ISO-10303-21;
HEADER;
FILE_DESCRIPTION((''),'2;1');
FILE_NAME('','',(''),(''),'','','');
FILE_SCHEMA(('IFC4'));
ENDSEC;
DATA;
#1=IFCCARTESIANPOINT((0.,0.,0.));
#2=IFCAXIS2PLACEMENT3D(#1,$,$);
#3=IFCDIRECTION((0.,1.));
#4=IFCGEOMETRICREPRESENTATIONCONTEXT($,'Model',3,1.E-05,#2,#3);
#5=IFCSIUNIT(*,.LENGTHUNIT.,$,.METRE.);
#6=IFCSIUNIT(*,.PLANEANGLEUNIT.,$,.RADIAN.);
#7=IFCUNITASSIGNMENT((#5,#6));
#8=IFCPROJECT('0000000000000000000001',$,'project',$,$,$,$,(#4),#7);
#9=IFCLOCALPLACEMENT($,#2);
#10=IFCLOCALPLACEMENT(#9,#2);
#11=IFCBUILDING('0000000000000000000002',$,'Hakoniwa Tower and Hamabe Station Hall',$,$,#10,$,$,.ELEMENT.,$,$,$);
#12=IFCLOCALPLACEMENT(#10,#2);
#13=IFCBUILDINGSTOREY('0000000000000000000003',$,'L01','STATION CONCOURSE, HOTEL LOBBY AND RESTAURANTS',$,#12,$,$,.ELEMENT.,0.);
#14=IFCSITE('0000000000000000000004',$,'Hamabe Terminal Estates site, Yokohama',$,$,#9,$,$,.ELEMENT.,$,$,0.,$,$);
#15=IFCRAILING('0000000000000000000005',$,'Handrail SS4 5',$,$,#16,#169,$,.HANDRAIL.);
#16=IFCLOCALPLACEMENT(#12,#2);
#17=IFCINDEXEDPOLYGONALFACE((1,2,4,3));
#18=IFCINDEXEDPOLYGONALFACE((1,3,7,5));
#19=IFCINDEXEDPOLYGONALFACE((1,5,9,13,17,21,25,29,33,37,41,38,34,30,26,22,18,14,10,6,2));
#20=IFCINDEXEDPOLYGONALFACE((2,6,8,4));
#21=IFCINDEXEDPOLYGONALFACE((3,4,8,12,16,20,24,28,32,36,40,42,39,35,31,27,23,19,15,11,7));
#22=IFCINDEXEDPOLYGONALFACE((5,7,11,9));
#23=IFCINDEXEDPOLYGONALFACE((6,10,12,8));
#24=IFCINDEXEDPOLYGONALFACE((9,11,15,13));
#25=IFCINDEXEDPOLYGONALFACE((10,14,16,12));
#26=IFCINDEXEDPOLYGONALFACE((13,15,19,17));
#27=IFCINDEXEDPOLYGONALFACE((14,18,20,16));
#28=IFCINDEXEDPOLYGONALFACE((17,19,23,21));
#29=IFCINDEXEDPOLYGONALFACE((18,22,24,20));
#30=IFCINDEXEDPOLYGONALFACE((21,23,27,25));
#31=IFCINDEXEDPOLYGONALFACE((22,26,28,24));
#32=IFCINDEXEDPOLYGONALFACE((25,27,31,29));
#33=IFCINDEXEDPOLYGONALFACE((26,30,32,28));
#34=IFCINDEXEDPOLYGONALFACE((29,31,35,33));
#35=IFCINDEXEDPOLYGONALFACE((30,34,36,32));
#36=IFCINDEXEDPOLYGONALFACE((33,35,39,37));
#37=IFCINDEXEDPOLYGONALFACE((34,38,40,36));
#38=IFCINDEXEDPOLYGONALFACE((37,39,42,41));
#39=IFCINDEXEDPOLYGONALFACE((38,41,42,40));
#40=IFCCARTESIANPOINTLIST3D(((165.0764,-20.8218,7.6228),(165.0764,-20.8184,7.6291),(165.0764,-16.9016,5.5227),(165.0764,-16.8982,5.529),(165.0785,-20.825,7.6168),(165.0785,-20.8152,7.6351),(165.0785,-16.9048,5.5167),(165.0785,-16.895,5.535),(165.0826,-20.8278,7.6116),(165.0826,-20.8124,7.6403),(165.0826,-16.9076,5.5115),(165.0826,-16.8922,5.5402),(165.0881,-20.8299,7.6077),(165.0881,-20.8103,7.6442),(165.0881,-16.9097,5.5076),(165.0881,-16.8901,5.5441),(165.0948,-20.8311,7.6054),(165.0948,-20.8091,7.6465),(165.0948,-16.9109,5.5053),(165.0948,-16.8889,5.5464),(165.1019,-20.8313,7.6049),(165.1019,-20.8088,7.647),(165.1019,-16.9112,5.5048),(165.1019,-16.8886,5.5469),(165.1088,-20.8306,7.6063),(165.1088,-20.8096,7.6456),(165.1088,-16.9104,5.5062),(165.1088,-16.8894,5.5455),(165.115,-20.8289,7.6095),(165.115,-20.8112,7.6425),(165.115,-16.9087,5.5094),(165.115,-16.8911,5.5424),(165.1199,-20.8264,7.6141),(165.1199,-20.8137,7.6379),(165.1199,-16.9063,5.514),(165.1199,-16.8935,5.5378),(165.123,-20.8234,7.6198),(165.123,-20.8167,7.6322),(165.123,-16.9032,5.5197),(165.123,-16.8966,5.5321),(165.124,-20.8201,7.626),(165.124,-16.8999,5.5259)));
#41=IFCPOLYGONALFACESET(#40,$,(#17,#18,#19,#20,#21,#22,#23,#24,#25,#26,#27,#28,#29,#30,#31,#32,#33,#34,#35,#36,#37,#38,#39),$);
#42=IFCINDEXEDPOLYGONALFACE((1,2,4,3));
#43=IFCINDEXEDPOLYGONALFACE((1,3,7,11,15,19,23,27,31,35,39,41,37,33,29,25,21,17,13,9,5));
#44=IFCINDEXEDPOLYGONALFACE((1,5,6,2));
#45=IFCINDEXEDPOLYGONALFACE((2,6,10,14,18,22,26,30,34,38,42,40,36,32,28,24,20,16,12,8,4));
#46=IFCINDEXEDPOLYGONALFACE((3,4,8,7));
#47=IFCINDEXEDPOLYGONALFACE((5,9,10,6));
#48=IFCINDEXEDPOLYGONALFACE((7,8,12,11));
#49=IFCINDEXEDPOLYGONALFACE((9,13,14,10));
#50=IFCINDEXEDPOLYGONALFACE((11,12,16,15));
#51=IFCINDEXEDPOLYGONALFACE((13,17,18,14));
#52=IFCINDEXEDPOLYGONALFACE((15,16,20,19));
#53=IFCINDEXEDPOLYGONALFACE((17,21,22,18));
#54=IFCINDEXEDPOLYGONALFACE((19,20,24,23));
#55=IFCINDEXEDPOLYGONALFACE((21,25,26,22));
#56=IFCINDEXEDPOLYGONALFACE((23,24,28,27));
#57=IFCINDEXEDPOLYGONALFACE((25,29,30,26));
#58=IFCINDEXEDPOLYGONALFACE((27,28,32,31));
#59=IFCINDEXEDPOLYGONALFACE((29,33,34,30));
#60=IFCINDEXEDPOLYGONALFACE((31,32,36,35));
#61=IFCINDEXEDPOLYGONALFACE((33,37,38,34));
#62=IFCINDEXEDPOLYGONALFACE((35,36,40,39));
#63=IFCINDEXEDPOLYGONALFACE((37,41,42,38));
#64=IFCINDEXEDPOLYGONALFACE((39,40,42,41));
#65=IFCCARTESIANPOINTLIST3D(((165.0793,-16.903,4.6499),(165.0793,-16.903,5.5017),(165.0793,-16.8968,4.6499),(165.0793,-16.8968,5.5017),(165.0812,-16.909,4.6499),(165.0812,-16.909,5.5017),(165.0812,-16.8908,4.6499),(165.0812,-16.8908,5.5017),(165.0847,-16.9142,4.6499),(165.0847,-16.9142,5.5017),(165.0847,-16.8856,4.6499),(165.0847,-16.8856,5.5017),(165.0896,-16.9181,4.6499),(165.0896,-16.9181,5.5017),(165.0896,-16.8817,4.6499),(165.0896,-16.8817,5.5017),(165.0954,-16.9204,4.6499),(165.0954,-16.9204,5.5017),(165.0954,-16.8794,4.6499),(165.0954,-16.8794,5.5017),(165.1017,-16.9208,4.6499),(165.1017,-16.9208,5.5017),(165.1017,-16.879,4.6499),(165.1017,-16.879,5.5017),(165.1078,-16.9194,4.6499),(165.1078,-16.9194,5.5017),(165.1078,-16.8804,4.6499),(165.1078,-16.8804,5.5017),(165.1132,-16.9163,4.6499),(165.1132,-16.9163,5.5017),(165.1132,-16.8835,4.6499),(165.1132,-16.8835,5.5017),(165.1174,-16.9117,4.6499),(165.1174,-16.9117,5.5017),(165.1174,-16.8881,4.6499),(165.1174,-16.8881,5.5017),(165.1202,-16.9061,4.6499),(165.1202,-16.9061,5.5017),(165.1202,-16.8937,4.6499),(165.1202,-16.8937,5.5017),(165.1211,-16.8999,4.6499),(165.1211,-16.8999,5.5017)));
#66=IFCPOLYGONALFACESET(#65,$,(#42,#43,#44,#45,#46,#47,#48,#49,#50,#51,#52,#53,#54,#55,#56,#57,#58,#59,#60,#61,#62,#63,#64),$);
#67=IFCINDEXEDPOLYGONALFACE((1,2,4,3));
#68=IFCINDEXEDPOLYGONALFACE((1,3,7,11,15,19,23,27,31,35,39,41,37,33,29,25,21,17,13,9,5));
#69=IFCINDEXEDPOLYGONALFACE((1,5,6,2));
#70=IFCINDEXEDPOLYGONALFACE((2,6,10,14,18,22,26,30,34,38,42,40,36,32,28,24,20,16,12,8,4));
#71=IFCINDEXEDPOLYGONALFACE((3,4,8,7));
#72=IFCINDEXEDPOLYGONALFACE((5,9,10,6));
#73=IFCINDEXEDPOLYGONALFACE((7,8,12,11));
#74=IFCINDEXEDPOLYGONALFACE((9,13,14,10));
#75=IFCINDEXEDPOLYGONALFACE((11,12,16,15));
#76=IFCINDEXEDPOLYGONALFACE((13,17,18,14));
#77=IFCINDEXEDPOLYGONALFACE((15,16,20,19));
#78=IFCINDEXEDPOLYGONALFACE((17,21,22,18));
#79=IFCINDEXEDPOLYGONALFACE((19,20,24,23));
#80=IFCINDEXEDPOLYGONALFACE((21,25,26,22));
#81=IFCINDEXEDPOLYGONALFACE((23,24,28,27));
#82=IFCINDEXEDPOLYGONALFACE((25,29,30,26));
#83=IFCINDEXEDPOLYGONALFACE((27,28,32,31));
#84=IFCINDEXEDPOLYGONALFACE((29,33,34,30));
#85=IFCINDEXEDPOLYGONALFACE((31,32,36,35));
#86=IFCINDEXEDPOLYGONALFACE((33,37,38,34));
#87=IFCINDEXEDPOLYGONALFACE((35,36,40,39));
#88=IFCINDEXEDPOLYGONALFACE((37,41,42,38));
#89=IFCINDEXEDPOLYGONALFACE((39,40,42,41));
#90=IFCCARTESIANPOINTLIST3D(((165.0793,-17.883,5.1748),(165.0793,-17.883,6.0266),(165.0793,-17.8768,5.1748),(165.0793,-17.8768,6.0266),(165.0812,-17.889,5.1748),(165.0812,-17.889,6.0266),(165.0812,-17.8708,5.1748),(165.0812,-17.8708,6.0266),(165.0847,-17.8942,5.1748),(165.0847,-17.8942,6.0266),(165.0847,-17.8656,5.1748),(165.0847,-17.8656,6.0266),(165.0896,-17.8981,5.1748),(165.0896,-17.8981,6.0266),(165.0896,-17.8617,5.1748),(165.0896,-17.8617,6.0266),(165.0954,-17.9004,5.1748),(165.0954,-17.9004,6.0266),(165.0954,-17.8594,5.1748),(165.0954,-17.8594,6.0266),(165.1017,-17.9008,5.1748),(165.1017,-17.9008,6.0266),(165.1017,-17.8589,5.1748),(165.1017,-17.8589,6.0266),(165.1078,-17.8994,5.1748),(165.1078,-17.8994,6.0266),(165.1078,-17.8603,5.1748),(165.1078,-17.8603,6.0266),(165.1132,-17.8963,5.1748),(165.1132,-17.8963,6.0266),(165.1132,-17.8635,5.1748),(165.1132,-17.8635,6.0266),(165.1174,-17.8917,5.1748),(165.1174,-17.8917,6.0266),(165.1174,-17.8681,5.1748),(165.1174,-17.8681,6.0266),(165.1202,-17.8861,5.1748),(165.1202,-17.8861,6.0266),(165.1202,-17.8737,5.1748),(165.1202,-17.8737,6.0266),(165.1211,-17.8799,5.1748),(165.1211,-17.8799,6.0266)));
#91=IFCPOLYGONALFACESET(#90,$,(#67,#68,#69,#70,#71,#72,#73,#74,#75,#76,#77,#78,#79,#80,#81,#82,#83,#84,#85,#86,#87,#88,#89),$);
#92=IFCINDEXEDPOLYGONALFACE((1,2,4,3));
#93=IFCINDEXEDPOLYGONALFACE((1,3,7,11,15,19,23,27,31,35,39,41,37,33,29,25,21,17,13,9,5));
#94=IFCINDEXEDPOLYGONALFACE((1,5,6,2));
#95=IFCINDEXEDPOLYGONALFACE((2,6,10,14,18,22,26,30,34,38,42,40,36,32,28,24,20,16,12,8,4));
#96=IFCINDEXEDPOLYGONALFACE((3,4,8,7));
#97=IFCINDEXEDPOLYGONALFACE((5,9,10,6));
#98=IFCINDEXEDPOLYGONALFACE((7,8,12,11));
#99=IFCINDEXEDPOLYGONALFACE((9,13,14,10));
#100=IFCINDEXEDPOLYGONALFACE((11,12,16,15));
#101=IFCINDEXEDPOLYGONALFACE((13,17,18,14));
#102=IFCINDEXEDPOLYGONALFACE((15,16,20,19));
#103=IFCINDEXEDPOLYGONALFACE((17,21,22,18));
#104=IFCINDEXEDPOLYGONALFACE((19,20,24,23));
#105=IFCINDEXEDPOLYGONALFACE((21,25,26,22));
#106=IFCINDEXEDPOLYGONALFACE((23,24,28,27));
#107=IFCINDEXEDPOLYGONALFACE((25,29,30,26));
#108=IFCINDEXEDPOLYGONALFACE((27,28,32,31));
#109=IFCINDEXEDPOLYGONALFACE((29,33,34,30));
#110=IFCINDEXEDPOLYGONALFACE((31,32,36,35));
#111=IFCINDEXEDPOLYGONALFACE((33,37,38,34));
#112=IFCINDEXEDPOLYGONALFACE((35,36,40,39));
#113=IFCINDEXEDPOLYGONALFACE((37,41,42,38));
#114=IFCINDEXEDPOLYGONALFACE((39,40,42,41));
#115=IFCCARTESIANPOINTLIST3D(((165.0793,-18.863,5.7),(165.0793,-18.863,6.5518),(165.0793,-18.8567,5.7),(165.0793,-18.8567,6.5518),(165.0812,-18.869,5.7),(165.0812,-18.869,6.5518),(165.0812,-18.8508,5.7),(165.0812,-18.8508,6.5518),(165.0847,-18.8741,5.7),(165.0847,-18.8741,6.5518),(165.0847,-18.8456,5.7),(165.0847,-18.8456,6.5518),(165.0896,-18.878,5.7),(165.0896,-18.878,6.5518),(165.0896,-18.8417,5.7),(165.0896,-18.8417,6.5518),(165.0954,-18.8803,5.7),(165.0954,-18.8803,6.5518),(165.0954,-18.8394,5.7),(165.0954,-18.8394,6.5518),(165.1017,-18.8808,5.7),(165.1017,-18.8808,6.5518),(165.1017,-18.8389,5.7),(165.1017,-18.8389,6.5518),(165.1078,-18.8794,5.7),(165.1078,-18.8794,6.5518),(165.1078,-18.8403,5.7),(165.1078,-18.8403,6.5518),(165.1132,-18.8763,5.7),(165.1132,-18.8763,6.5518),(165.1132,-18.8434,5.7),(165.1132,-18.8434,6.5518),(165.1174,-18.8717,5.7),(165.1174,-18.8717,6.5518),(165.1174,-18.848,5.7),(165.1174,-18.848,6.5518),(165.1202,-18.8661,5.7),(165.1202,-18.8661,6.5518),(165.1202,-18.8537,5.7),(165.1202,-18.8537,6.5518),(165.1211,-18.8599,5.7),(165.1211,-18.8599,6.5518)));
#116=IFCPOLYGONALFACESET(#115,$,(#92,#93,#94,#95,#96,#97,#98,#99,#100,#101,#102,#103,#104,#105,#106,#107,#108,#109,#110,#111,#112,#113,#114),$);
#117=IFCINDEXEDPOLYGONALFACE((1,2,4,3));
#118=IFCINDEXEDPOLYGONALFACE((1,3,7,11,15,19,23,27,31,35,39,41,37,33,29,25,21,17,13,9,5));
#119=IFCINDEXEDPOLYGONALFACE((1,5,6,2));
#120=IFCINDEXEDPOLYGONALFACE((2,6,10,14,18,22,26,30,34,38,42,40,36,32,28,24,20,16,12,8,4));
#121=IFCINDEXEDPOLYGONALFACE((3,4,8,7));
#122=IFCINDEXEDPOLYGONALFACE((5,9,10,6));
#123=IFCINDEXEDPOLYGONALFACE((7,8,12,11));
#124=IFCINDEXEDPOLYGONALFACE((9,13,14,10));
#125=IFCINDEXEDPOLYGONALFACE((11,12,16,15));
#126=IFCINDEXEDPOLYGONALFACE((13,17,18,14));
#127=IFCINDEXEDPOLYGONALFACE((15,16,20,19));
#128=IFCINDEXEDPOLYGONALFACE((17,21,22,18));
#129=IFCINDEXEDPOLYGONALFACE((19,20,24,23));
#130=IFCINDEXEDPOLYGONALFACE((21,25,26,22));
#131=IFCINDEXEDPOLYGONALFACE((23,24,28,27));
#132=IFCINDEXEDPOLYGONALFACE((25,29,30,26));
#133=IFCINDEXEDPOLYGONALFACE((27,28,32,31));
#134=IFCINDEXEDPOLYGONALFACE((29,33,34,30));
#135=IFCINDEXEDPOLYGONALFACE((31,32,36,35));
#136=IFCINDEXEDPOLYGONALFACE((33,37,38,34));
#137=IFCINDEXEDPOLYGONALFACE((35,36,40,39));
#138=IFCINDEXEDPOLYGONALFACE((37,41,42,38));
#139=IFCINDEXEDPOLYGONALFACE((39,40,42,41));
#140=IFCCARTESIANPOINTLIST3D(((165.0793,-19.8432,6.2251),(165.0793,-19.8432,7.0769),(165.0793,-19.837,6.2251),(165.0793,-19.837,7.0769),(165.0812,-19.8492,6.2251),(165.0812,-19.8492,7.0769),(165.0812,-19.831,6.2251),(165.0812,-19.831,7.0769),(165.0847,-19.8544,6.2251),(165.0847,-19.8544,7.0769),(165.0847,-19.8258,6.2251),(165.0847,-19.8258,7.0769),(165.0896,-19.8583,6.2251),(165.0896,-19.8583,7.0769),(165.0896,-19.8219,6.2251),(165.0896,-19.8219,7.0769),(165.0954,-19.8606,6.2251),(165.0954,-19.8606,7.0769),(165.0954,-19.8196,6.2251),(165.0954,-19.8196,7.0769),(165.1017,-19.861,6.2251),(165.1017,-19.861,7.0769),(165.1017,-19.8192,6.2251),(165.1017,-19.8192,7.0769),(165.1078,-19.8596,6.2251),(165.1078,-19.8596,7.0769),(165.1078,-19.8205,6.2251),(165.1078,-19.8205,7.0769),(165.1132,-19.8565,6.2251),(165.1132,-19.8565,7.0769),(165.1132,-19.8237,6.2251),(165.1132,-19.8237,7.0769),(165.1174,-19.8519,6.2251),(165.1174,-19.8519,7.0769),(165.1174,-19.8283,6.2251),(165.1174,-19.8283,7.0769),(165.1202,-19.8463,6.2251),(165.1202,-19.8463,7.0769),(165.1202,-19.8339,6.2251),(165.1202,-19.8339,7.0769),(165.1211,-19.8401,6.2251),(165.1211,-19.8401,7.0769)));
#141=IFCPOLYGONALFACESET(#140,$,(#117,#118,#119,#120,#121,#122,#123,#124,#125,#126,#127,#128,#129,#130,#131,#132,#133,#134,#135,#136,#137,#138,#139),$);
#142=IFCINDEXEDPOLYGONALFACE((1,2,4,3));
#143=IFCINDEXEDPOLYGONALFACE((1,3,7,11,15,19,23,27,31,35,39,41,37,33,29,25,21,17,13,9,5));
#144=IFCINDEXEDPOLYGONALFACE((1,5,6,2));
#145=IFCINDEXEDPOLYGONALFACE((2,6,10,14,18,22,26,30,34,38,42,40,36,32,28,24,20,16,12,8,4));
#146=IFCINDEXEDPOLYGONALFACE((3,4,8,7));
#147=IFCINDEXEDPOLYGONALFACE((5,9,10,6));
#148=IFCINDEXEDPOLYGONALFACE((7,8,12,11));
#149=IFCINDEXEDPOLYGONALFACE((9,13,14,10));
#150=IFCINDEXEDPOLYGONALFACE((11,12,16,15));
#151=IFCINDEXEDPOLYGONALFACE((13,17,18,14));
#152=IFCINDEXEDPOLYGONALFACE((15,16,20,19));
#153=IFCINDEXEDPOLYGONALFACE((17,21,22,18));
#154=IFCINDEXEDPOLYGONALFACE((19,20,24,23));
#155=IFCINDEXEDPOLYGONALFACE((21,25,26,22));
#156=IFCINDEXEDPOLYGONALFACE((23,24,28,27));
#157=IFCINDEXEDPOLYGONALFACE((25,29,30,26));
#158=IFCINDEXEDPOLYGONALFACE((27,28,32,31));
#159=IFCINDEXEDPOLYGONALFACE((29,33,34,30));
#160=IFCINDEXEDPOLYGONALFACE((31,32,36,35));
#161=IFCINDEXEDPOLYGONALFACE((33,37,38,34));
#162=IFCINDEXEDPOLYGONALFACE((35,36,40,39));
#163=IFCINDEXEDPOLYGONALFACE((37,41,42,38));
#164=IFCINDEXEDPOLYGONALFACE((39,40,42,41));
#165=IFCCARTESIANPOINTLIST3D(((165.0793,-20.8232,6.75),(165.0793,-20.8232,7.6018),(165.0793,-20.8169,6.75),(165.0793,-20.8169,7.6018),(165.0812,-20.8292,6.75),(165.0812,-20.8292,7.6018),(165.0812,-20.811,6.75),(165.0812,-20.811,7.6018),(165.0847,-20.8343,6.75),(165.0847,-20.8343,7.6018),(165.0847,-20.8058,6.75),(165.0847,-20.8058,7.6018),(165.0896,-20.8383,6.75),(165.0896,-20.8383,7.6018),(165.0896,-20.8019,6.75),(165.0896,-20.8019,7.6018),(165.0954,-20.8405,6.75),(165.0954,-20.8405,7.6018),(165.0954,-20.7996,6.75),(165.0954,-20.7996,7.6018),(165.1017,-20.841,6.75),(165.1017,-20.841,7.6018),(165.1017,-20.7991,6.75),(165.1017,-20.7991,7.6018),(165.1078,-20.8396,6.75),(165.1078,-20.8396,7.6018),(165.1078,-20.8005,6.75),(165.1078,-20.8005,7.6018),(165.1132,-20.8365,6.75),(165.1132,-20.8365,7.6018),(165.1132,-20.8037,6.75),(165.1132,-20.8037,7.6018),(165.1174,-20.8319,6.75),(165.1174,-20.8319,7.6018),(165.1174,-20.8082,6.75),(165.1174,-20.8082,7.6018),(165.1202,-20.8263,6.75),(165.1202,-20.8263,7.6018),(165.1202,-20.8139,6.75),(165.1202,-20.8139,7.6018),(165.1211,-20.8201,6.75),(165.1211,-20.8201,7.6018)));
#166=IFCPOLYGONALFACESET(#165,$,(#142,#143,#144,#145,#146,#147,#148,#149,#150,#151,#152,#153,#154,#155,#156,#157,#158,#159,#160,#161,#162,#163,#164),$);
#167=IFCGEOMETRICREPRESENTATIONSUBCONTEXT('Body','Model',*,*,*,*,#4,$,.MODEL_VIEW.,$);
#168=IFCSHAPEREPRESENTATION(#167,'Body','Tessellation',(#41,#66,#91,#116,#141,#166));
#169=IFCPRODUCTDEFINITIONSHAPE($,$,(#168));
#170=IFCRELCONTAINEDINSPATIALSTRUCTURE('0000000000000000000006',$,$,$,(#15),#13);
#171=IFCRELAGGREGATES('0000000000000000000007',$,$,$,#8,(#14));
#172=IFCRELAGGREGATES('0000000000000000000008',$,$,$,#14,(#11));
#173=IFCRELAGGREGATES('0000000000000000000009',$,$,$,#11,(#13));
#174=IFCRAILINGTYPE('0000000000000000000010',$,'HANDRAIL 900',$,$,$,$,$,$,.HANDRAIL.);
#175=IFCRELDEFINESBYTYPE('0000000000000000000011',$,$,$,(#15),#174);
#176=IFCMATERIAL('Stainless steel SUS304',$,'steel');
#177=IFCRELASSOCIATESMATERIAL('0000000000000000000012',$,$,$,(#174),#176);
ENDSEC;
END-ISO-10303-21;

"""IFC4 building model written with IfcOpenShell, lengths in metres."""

from ifc_helpers import new_model, si_unit, direction, frame, origin, origin_2d, place, context, subcontext, project, spatial, circle, extrude, material, type_object, element, save


model = new_model("IFC4")

# Units and contexts
model_context = context("Model", 3, precision=1e-05, world=origin(), true_north=direction((0.0, 1.0)))
body_context = subcontext(model_context, "Body", "Model", "MODEL_VIEW")
ifc_project = project(units=[si_unit("LENGTHUNIT", "METRE"), si_unit("PLANEANGLEUNIT", "RADIAN")], contexts=[model_context])

# Site, building, storey
site_placement = place(None, origin())
site = spatial("IfcSite", under=ifc_project, at=site_placement, Name="Hamabe Terminal Estates site, Yokohama", CompositionType="ELEMENT", RefElevation=0.0)
building_placement = place(site_placement, origin())
building = spatial("IfcBuilding", under=site, at=building_placement, Name="Hakoniwa Tower and Hamabe Station Hall", CompositionType="ELEMENT")
storey_placement = place(building_placement, origin())
storey = spatial("IfcBuildingStorey", under=building, at=storey_placement, Name="L01", Description="STATION CONCOURSE, HOTEL LOBBY AND RESTAURANTS", CompositionType="ELEMENT", Elevation=0.0)

# Railing
ifc_material_1 = material(Name="Stainless steel SUS304", Category="steel")
railing_type = type_object("IfcRailingType", Name="HANDRAIL 900", PredefinedType="HANDRAIL", material=ifc_material_1)
railing_1_placement = place(storey_placement, frame((165.1001, -16.8999, 4.6499)))
element("IfcRailing", 1, at=railing_1_placement, inside=storey, type_object=railing_type, Name="Handrail SS4 5", PredefinedType="HANDRAIL", context=body_context, shape_type="SweptSolid", body=[
    extrude(circle(Radius=0.0239, at=origin_2d()), frame((0.0, 0.0, 0.876), z_axis=(0.0, -0.881479, 0.472223), x_axis=(1.0, 0.0, 0.0)), (0.0, 0.0, 1.0), 4.4473),
    extrude(circle(Radius=0.021, at=origin_2d()), origin(), (0.0, 0.0, 1.0), 0.8518),
    extrude(circle(Radius=0.021, at=origin_2d()), frame((0.0, -0.98, 0.5249)), (0.0, 0.0, 1.0), 0.8518),
    extrude(circle(Radius=0.021, at=origin_2d()), frame((0.0, -1.96, 1.05)), (0.0, 0.0, 1.0), 0.8518),
    extrude(circle(Radius=0.021, at=origin_2d()), frame((0.0, -2.9402, 1.5752)), (0.0, 0.0, 1.0), 0.8518),
    extrude(circle(Radius=0.021, at=origin_2d()), frame((0.0, -3.9202, 2.1001)), (0.0, 0.0, 1.0), 0.8518),
])

save(model, "model.ifc")
